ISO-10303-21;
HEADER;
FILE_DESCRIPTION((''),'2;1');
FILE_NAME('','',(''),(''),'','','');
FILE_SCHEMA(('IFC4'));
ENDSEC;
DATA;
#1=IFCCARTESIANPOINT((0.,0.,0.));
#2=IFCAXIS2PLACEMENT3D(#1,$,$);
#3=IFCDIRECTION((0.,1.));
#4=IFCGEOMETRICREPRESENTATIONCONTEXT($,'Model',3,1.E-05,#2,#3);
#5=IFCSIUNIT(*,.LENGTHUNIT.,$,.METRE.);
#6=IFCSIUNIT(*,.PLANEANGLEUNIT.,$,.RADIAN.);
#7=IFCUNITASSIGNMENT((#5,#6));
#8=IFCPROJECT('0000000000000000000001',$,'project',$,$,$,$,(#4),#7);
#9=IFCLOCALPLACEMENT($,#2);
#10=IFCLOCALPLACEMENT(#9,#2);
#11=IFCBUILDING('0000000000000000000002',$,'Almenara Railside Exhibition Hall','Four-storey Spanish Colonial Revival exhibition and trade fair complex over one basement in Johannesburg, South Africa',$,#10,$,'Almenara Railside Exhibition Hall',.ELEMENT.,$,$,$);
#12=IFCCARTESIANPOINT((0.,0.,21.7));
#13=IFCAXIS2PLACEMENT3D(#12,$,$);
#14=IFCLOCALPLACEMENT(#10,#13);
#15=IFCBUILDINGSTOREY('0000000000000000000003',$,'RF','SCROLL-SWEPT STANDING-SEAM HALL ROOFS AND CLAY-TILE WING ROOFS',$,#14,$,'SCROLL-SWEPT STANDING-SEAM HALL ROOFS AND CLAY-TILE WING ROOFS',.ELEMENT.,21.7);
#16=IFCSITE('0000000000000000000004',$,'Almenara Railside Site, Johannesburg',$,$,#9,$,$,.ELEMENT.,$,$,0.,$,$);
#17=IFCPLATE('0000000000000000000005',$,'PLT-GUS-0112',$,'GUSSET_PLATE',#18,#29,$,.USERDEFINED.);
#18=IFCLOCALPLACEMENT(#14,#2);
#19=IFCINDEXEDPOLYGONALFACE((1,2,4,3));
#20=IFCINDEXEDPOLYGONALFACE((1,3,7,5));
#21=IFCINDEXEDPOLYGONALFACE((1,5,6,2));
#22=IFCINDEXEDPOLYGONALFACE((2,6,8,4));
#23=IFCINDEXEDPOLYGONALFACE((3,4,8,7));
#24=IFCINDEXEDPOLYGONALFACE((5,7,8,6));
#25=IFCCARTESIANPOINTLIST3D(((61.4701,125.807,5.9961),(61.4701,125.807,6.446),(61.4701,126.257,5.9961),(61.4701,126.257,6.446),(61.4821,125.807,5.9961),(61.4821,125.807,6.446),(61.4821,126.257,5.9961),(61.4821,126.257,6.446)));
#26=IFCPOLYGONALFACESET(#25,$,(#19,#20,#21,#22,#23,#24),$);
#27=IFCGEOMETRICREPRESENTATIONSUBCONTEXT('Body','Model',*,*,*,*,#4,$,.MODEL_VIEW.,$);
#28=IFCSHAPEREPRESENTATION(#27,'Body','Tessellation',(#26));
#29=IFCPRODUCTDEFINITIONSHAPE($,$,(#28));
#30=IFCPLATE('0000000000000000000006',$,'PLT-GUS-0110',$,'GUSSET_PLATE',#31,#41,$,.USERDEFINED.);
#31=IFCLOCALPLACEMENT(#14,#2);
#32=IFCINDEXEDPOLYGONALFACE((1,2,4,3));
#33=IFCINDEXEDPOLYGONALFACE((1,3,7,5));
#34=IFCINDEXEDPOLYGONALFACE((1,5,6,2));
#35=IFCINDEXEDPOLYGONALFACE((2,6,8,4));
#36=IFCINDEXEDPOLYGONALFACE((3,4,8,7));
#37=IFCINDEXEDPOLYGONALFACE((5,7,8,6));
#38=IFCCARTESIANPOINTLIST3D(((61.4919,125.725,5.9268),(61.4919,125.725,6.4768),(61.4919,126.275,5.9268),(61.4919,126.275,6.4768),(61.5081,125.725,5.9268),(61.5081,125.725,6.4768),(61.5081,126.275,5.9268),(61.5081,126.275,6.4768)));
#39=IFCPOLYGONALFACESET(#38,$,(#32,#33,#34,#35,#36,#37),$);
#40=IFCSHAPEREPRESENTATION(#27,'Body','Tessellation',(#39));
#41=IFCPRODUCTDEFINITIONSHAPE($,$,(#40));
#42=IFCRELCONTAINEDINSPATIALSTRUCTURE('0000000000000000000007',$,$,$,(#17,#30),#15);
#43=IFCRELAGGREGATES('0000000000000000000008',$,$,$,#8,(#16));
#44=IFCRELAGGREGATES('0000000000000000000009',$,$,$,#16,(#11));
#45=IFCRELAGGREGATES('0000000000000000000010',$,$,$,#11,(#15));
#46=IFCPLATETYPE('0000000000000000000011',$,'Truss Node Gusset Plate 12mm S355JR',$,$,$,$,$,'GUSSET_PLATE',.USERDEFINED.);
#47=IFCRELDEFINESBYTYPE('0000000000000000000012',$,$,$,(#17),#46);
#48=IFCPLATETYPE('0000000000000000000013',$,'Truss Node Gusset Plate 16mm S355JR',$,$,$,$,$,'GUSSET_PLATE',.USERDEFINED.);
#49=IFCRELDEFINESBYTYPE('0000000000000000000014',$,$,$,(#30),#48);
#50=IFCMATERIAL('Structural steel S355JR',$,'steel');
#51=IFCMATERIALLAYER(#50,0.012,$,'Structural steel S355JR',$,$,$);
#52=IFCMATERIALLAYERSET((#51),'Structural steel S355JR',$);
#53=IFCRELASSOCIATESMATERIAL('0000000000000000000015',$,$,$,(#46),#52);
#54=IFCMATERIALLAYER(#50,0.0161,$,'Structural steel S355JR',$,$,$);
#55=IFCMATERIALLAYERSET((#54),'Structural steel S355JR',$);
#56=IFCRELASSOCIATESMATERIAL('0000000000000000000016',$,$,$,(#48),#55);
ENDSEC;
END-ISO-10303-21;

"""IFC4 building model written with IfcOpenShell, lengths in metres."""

from ifc_helpers import new_model, si_unit, direction, frame, origin, origin_2d, place, context, subcontext, project, spatial, rectangle, extrude, material, layer, layer_set, type_object, element, save


model = new_model("IFC4")

# Units and contexts
model_context = context("Model", 3, precision=1e-05, world=origin(), true_north=direction((0.0, 1.0)))
body_context = subcontext(model_context, "Body", "Model", "MODEL_VIEW")
ifc_project = project(units=[si_unit("LENGTHUNIT", "METRE"), si_unit("PLANEANGLEUNIT", "RADIAN")], contexts=[model_context])

# Site, building, storey
site_placement = place(None, origin())
site = spatial("IfcSite", under=ifc_project, at=site_placement, Name="Almenara Railside Site, Johannesburg", CompositionType="ELEMENT", RefElevation=0.0)
building_placement = place(site_placement, origin())
building = spatial("IfcBuilding", under=site, at=building_placement, Name="Almenara Railside Exhibition Hall", Description="Four-storey Spanish Colonial Revival exhibition and trade fair complex over one basement in Johannesburg, South Africa", LongName="Almenara Railside Exhibition Hall", CompositionType="ELEMENT")
storey_placement = place(building_placement, frame((0.0, 0.0, 21.7)))
storey = spatial("IfcBuildingStorey", under=building, at=storey_placement, Name="RF", Description="SCROLL-SWEPT STANDING-SEAM HALL ROOFS AND CLAY-TILE WING ROOFS", LongName="SCROLL-SWEPT STANDING-SEAM HALL ROOFS AND CLAY-TILE WING ROOFS", CompositionType="ELEMENT", Elevation=21.7)

# Shared definitions
ifc_material_1 = material(Name="Structural steel S355JR", Category="steel")

# Plates
ifc_layer_1 = layer(ifc_material_1, 0.012, Name="Structural steel S355JR")
ifc_layer_set_1 = layer_set([ifc_layer_1], Name="Structural steel S355JR")
plate_type_1 = type_object("IfcPlateType", Name="Truss Node Gusset Plate 12mm S355JR", ElementType="GUSSET_PLATE", PredefinedType="USERDEFINED", material=ifc_layer_set_1)
for number, where, z_axis, x_axis, name in (
    (1, (61.4761, 126.032, 5.9961), (0.0, 0.0, 1.0), (0.0, 1.0, 0.0), "PLT-GUS-0112"),
):
    element("IfcPlate", number, at=place(storey_placement, frame(where, z_axis=z_axis, x_axis=x_axis)), inside=storey, type_object=plate_type_1, Name=name, ObjectType="GUSSET_PLATE", PredefinedType="USERDEFINED", context=body_context, shape_type="SweptSolid", body=[
        extrude(rectangle(XDim=0.45, YDim=0.012, at=origin_2d()), origin(), (0.0, 0.0, 1.0), 0.45),
    ])
ifc_layer_2 = layer(ifc_material_1, 0.0161, Name="Structural steel S355JR")
ifc_layer_set_2 = layer_set([ifc_layer_2], Name="Structural steel S355JR")
plate_type_2 = type_object("IfcPlateType", Name="Truss Node Gusset Plate 16mm S355JR", ElementType="GUSSET_PLATE", PredefinedType="USERDEFINED", material=ifc_layer_set_2)
plate_1_placement = place(storey_placement, frame((61.5, 126.0, 5.9268), z_axis=(0.0, 0.0, 1.0), x_axis=(0.0, 1.0, 0.0)))
element("IfcPlate", 2, at=plate_1_placement, inside=storey, type_object=plate_type_2, Name="PLT-GUS-0110", ObjectType="GUSSET_PLATE", PredefinedType="USERDEFINED", context=body_context, shape_type="SweptSolid", body=[
    extrude(rectangle(XDim=0.55, YDim=0.0161, at=origin_2d()), origin(), (0.0, 0.0, 1.0), 0.55),
])

save(model, "model.ifc")
